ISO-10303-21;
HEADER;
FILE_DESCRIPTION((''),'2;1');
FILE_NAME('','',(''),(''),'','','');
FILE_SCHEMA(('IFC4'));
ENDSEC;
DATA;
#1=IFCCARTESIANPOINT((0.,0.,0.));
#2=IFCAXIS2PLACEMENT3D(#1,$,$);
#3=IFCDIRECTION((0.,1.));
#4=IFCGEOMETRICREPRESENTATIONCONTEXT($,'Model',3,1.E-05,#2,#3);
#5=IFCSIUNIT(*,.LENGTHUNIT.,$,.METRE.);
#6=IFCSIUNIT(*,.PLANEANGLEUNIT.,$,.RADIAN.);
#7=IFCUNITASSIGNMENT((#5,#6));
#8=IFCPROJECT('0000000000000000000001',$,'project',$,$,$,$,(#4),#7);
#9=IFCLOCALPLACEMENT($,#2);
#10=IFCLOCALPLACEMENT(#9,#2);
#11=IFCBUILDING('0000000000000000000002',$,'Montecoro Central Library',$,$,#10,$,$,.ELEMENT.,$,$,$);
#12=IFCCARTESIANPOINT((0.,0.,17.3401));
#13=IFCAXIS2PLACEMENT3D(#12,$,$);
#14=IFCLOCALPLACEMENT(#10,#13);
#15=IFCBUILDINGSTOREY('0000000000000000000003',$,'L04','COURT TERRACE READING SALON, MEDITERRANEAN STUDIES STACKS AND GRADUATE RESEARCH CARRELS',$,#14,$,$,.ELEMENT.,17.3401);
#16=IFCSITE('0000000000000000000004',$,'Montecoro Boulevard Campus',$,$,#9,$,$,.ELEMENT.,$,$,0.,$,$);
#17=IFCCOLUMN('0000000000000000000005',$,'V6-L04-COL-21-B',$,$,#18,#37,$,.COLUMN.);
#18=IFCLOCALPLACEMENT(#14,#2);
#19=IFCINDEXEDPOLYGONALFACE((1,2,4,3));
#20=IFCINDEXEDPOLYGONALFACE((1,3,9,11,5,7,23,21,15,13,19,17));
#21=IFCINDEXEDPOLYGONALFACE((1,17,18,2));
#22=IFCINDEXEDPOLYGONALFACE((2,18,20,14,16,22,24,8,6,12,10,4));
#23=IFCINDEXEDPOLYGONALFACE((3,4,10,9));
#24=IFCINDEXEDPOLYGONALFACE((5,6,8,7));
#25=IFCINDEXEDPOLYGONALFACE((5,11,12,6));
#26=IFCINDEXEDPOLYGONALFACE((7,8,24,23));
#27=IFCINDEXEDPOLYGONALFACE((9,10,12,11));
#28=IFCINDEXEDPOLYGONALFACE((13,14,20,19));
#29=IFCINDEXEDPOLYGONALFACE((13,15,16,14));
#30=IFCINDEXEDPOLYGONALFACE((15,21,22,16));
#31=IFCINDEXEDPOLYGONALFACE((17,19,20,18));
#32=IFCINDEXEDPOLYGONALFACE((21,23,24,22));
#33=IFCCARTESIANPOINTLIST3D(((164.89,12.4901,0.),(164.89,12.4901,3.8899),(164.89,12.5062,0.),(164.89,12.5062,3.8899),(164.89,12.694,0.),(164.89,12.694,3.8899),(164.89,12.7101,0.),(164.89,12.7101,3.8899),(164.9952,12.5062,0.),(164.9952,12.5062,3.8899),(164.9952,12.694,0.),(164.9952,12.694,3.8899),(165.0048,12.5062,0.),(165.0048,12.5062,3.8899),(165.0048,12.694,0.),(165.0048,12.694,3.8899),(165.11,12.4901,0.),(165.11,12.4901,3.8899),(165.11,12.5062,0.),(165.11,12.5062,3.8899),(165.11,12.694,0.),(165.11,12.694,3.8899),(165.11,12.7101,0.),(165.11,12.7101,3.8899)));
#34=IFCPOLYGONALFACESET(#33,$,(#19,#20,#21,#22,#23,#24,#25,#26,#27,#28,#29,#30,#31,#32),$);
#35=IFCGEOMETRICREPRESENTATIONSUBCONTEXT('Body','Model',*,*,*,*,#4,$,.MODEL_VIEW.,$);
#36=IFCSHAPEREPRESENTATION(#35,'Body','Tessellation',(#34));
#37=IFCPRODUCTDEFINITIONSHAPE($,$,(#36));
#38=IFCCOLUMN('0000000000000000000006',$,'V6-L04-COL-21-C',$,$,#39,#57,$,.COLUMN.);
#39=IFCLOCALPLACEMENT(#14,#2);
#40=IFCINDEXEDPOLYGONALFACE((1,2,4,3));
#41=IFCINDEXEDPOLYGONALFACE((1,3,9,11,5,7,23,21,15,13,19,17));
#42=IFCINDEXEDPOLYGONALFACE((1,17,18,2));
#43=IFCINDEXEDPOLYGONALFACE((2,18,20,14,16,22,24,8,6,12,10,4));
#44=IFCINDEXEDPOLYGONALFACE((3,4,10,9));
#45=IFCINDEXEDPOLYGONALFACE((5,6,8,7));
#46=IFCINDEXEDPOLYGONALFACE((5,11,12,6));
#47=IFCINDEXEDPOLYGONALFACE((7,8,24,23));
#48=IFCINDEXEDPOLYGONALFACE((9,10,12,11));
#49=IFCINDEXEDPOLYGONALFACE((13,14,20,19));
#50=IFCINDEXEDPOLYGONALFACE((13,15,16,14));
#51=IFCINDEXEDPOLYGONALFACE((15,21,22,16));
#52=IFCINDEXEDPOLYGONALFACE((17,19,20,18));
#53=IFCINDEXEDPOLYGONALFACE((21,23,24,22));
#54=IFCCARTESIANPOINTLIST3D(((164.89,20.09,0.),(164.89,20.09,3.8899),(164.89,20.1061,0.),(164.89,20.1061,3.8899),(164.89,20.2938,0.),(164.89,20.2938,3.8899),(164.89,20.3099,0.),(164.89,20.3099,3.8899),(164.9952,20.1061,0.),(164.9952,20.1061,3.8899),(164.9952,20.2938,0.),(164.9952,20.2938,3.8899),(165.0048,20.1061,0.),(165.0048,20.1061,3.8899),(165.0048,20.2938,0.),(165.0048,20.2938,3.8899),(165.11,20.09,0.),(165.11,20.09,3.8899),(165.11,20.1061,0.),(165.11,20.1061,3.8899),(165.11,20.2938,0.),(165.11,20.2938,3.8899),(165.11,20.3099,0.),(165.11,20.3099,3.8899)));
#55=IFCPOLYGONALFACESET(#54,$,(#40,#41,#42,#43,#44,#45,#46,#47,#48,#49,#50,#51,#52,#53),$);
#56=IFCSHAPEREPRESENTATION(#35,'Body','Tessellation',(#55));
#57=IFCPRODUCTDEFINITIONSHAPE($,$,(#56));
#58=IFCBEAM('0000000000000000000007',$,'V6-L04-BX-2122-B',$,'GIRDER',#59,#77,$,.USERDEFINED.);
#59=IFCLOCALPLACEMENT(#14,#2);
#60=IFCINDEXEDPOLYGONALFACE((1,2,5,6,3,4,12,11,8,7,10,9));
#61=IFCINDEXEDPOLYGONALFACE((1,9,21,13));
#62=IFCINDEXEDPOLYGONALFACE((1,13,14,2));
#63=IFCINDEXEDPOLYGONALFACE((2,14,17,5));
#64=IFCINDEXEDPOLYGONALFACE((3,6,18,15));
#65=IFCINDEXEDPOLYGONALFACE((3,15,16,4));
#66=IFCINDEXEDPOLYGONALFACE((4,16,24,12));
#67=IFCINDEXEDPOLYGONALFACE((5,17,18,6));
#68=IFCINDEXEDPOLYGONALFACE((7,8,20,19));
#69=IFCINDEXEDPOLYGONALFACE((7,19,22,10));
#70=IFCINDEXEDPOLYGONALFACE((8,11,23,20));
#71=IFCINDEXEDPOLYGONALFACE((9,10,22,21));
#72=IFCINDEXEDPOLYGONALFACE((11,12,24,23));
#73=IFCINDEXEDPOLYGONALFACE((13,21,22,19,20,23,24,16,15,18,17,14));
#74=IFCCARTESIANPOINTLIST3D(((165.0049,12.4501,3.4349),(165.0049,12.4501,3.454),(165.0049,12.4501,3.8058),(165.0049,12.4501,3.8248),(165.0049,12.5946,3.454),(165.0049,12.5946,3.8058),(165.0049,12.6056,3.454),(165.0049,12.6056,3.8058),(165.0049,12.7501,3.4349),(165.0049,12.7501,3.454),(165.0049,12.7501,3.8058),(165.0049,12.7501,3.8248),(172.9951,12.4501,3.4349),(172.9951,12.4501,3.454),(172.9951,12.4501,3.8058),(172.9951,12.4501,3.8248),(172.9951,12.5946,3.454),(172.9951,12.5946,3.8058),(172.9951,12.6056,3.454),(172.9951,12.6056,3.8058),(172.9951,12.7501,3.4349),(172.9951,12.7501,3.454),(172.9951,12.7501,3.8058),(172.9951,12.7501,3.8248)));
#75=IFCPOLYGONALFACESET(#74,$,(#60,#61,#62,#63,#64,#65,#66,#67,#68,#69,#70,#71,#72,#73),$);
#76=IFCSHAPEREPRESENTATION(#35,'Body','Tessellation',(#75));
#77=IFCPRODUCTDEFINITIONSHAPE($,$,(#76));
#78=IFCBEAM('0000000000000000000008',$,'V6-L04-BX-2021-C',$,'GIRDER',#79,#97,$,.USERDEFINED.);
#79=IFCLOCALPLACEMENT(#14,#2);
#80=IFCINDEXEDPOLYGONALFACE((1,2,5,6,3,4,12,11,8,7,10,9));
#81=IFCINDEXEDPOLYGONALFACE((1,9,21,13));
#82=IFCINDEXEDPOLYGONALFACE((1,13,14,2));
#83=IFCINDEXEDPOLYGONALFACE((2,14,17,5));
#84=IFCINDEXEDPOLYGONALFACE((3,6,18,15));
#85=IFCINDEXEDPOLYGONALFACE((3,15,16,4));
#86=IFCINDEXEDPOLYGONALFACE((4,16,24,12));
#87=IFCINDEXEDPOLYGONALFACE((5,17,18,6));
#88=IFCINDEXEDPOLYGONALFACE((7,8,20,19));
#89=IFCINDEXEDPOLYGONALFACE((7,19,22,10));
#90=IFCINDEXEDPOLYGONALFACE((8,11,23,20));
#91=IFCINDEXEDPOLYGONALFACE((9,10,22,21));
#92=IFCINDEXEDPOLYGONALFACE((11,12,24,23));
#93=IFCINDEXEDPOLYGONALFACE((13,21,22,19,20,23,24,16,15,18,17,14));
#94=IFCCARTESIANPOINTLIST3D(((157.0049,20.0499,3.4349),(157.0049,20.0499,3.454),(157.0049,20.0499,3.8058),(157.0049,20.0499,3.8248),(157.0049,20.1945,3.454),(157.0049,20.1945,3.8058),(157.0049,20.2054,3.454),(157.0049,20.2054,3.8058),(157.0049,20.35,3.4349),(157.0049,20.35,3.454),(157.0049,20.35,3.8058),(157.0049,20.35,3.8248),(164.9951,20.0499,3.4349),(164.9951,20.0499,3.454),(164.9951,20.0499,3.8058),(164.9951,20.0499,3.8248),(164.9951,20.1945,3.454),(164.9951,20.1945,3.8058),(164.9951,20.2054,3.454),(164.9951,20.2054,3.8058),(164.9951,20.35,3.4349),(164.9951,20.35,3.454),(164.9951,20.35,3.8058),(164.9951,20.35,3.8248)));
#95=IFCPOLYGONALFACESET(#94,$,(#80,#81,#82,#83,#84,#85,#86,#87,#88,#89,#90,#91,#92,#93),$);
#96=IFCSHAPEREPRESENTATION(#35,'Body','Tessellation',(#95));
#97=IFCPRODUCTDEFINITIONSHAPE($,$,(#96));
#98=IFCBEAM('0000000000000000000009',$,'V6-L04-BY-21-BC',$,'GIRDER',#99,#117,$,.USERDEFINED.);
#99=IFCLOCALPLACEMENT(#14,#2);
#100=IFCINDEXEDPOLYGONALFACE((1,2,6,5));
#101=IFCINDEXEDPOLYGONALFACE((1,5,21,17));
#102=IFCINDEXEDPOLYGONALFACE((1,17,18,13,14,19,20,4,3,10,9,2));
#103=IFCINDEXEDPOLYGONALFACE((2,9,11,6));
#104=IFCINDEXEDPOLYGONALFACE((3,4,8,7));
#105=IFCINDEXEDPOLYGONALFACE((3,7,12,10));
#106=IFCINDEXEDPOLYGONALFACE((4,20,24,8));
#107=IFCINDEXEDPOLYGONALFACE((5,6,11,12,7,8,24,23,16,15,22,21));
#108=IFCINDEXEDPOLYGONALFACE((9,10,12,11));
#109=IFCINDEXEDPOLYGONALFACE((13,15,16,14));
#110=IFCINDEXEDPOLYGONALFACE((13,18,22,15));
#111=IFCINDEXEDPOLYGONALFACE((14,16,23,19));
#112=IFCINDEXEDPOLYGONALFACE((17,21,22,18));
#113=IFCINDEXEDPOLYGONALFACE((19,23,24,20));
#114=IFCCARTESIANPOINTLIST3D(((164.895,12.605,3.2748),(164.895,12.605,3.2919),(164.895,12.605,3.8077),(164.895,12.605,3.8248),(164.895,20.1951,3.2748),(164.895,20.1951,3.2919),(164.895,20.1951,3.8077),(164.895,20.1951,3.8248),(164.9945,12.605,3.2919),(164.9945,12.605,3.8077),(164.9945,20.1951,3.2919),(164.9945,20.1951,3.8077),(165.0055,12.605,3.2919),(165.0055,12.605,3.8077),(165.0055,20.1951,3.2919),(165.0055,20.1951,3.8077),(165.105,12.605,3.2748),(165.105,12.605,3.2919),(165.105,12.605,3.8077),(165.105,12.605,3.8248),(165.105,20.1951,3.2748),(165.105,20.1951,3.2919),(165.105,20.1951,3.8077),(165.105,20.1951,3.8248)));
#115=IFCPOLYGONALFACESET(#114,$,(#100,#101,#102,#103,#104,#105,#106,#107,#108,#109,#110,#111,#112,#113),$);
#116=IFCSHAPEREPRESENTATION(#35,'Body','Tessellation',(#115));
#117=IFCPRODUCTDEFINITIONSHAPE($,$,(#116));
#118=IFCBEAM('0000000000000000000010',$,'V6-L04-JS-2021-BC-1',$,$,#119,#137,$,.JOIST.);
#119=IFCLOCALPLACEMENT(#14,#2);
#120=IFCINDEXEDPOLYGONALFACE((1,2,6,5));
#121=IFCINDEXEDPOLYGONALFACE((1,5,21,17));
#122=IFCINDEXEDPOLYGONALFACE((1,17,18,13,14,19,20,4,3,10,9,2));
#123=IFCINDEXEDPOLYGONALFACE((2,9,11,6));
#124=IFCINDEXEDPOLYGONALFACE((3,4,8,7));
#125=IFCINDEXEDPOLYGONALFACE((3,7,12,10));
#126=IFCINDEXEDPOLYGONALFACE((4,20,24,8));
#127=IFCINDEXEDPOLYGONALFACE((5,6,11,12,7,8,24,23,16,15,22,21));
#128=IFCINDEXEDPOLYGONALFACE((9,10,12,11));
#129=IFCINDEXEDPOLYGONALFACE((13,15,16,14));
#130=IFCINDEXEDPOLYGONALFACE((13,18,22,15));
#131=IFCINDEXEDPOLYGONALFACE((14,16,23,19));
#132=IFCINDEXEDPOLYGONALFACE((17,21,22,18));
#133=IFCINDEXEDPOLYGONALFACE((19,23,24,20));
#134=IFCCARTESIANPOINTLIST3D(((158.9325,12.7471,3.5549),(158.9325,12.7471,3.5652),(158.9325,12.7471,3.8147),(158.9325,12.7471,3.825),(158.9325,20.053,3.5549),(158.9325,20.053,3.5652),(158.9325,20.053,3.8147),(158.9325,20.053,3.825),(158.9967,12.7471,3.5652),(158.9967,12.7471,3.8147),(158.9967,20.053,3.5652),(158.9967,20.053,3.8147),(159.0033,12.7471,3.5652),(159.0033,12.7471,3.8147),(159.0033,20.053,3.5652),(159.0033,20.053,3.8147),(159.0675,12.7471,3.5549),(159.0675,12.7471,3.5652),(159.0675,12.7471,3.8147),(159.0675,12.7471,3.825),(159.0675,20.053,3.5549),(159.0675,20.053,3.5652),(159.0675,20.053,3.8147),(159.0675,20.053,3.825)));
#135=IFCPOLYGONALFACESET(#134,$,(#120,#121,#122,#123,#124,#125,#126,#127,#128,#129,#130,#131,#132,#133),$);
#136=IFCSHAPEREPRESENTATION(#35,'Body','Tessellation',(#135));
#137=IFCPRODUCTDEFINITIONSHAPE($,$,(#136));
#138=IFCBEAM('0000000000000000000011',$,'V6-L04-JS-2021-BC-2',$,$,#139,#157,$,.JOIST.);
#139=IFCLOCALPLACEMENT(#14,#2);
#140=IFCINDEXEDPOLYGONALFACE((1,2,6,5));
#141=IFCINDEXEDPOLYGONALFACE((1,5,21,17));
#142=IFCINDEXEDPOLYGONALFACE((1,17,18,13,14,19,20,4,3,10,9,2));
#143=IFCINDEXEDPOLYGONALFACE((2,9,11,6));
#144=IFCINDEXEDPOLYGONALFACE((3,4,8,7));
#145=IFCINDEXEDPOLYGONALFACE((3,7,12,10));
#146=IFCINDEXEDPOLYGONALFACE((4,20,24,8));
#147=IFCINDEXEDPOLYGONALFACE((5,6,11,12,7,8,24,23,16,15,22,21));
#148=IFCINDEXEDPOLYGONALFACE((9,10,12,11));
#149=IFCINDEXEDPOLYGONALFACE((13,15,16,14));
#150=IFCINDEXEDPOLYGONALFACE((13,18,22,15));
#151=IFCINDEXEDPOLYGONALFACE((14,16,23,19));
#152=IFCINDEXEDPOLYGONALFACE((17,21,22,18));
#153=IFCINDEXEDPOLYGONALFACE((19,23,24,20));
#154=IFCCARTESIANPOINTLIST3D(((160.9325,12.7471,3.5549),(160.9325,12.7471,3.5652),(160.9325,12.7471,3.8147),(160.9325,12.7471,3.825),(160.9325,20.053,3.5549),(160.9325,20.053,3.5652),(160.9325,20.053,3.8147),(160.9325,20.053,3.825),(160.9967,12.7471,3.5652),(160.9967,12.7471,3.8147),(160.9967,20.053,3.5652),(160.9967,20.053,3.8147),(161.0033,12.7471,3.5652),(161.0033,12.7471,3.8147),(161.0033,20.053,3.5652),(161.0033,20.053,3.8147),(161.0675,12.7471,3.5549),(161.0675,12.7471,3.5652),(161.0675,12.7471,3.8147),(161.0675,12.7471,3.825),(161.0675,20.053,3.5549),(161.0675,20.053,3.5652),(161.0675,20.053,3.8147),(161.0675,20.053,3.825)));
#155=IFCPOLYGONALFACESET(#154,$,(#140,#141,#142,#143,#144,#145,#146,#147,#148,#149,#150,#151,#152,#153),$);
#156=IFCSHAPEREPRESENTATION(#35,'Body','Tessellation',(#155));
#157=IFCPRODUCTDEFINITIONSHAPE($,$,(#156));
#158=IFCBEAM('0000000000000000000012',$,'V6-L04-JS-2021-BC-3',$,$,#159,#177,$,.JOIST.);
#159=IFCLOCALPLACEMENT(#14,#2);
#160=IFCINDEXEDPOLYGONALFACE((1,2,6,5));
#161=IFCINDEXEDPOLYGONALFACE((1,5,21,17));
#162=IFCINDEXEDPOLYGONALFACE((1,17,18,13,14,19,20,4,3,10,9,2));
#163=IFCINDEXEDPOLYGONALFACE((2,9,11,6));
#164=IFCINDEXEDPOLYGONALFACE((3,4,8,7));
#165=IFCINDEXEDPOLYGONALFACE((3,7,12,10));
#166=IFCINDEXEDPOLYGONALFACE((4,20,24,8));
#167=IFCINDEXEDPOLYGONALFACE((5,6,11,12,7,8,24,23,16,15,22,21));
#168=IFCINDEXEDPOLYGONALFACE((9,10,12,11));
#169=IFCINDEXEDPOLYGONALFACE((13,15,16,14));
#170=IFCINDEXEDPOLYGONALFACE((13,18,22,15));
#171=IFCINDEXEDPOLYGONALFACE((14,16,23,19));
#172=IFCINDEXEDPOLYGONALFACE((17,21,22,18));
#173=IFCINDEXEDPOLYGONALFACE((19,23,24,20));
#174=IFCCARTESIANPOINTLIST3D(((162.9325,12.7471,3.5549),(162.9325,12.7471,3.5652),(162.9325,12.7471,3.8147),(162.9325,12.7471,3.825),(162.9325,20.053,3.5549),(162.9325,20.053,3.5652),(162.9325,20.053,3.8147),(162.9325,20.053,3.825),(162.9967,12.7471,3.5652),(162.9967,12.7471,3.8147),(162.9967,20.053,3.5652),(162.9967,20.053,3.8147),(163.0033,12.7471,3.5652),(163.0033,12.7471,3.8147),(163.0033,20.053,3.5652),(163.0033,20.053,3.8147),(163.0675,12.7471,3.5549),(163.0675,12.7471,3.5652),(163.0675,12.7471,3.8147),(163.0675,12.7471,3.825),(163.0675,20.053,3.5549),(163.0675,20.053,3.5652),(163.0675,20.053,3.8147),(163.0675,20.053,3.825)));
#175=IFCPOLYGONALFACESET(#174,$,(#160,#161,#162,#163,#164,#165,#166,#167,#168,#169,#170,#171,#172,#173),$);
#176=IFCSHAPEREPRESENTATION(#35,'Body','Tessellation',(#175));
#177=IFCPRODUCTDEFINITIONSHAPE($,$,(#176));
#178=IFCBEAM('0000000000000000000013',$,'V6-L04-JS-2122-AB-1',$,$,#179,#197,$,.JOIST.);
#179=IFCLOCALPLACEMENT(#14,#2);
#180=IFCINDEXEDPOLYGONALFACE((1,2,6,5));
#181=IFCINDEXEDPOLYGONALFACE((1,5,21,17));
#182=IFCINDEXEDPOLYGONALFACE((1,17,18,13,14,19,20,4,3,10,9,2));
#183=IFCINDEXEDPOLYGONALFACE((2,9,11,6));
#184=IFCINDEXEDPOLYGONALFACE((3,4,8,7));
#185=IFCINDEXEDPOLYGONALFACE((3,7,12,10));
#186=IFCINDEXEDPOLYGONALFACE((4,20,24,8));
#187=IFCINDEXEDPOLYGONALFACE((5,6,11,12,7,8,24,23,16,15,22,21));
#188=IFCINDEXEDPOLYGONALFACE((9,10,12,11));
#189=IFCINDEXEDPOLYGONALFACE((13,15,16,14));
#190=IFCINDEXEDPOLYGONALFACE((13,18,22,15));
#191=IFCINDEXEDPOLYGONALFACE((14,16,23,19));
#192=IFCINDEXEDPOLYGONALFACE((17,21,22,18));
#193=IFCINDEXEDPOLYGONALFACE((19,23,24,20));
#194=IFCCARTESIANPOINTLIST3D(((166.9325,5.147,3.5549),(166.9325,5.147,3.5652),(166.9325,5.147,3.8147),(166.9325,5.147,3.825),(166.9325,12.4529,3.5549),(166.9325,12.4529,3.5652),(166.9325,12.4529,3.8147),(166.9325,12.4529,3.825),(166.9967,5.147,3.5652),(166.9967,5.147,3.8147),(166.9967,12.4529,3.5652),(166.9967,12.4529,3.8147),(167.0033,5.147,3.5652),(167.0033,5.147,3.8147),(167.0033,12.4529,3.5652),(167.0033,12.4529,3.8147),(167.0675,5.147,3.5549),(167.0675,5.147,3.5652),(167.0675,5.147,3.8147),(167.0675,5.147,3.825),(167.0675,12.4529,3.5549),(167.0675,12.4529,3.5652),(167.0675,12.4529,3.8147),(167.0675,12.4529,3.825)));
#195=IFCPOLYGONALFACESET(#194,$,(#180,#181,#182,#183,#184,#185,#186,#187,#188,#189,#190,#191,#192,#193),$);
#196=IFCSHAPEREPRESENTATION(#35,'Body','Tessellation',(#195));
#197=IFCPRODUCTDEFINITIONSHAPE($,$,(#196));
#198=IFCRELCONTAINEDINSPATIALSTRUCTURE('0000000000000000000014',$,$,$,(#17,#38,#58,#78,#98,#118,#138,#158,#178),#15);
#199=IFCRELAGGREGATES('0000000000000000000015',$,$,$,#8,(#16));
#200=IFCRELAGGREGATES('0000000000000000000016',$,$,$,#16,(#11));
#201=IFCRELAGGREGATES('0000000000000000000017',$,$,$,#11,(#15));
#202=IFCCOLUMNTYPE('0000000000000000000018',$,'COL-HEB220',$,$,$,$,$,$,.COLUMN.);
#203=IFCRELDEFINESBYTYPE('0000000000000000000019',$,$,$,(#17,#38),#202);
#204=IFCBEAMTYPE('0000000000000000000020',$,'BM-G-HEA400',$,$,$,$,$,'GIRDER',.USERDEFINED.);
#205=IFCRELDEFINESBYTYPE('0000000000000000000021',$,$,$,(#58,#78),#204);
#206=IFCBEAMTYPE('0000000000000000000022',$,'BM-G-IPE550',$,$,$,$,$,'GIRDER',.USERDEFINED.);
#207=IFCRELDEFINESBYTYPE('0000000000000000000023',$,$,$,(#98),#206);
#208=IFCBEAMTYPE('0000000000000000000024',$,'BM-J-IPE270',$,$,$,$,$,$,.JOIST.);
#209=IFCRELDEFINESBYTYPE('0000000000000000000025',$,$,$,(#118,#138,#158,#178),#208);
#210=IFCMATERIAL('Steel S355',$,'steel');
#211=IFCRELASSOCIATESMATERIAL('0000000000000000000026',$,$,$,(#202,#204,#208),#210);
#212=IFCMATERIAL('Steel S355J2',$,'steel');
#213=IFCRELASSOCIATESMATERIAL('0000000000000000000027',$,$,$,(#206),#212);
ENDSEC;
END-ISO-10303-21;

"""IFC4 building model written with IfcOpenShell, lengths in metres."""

from ifc_helpers import new_model, si_unit, direction, frame, origin, origin_2d, place, context, subcontext, project, spatial, i_section, extrude, material, material_profile, profile_set, type_object, element, save


model = new_model("IFC4")

# Units and contexts
model_context = context("Model", 3, precision=1e-05, world=origin(), true_north=direction((0.0, 1.0)))
body_context = subcontext(model_context, "Body", "Model", "MODEL_VIEW")
ifc_project = project(units=[si_unit("LENGTHUNIT", "METRE"), si_unit("PLANEANGLEUNIT", "RADIAN")], contexts=[model_context])

# Site, building, storey
site_placement = place(None, origin())
site = spatial("IfcSite", under=ifc_project, at=site_placement, Name="Montecoro Boulevard Campus", CompositionType="ELEMENT", RefElevation=0.0)
building_placement = place(site_placement, origin())
building = spatial("IfcBuilding", under=site, at=building_placement, Name="Montecoro Central Library", CompositionType="ELEMENT")
storey_placement = place(building_placement, frame((0.0, 0.0, 17.3401)))
storey = spatial("IfcBuildingStorey", under=building, at=storey_placement, Name="L04", Description="COURT TERRACE READING SALON, MEDITERRANEAN STUDIES STACKS AND GRADUATE RESEARCH CARRELS", CompositionType="ELEMENT", Elevation=17.3401)

# Columns
ifc_material_1 = material(Name="Steel S355", Category="steel")
ifc_material_profile_1 = material_profile(ifc_material_1, i_section(OverallWidth=0.22, OverallDepth=0.22, WebThickness=0.0095, FlangeThickness=0.0161, at=origin_2d()), Name="HEB 220")
ifc_profile_set_1 = profile_set([ifc_material_profile_1], Name="Steel S355")
column_type = type_object("IfcColumnType", Name="COL-HEB220", PredefinedType="COLUMN", material=ifc_profile_set_1)
for number, where, z_axis, x_axis, name in (
    (1, (165.0, 12.6001, 0.0), (0.0, 0.0, 1.0), (1.0, 0.0, 0.0), "V6-L04-COL-21-B"),
    (2, (165.0, 20.2, 0.0), (0.0, 0.0, 1.0), (1.0, 0.0, 0.0), "V6-L04-COL-21-C"),
):
    element("IfcColumn", number, at=place(storey_placement, frame(where, z_axis=z_axis, x_axis=x_axis)), inside=storey, type_object=column_type, Name=name, PredefinedType="COLUMN", context=body_context, shape_type="SweptSolid", body=[
        extrude(i_section(OverallWidth=0.22, OverallDepth=0.22, WebThickness=0.0095, FlangeThickness=0.0161, at=origin_2d()), origin(), (0.0, 0.0, 1.0), 3.8899),
    ])

# Beams
ifc_material_profile_2 = material_profile(ifc_material_1, i_section(OverallWidth=0.3, OverallDepth=0.3899, WebThickness=0.011, FlangeThickness=0.019, at=origin_2d()), Name="HEA 400")
ifc_profile_set_2 = profile_set([ifc_material_profile_2], Name="Steel S355")
beam_type_1 = type_object("IfcBeamType", Name="BM-G-HEA400", ElementType="GIRDER", PredefinedType="USERDEFINED", material=ifc_profile_set_2)
for number, where, z_axis, x_axis, name in (
    (3, (165.0049, 12.6001, 3.6299), (1.0, 0.0, 0.0), (0.0, 1.0, 0.0), "V6-L04-BX-2122-B"),
    (4, (157.0049, 20.2, 3.6299), (1.0, 0.0, 0.0), (0.0, 1.0, 0.0), "V6-L04-BX-2021-C"),
):
    element("IfcBeam", number, at=place(storey_placement, frame(where, z_axis=z_axis, x_axis=x_axis)), inside=storey, type_object=beam_type_1, Name=name, ObjectType="GIRDER", PredefinedType="USERDEFINED", context=body_context, shape_type="SweptSolid", body=[
        extrude(i_section(OverallWidth=0.3, OverallDepth=0.3899, WebThickness=0.011, FlangeThickness=0.019, at=origin_2d()), origin(), (0.0, 0.0, 1.0), 7.9902),
    ])
ifc_material_2 = material(Name="Steel S355J2", Category="steel")
ifc_material_profile_3 = material_profile(ifc_material_2, i_section(OverallWidth=0.21, OverallDepth=0.55, WebThickness=0.011, FlangeThickness=0.0171, at=origin_2d()), Name="IPE 550")
ifc_profile_set_3 = profile_set([ifc_material_profile_3], Name="Steel S355J2")
beam_type_2 = type_object("IfcBeamType", Name="BM-G-IPE550", ElementType="GIRDER", PredefinedType="USERDEFINED", material=ifc_profile_set_3)
beam_1_placement = place(storey_placement, frame((165.0, 12.605, 3.5498), z_axis=(0.0, 1.0, 0.0), x_axis=(-1.0, 0.0, 0.0)))
element("IfcBeam", 5, at=beam_1_placement, inside=storey, type_object=beam_type_2, Name="V6-L04-BY-21-BC", ObjectType="GIRDER", PredefinedType="USERDEFINED", context=body_context, shape_type="SweptSolid", body=[
    extrude(i_section(OverallWidth=0.21, OverallDepth=0.55, WebThickness=0.011, FlangeThickness=0.0171, at=origin_2d()), origin(), (0.0, 0.0, 1.0), 7.5901),
])
ifc_material_profile_4 = material_profile(ifc_material_1, i_section(OverallWidth=0.135, OverallDepth=0.27, WebThickness=0.0066, FlangeThickness=0.0103, at=origin_2d()), Name="IPE 270")
ifc_profile_set_4 = profile_set([ifc_material_profile_4], Name="Steel S355")
beam_type_3 = type_object("IfcBeamType", Name="BM-J-IPE270", PredefinedType="JOIST", material=ifc_profile_set_4)
for number, where, z_axis, x_axis, name in (
    (6, (159.0, 12.7471, 3.6899), (0.0, 1.0, 0.0), (-1.0, 0.0, 0.0), "V6-L04-JS-2021-BC-1"),
    (7, (161.0, 12.7471, 3.6899), (0.0, 1.0, 0.0), (-1.0, 0.0, 0.0), "V6-L04-JS-2021-BC-2"),
    (8, (163.0, 12.7471, 3.6899), (0.0, 1.0, 0.0), (-1.0, 0.0, 0.0), "V6-L04-JS-2021-BC-3"),
    (9, (167.0, 5.147, 3.6899), (0.0, 1.0, 0.0), (-1.0, 0.0, 0.0), "V6-L04-JS-2122-AB-1"),
):
    element("IfcBeam", number, at=place(storey_placement, frame(where, z_axis=z_axis, x_axis=x_axis)), inside=storey, type_object=beam_type_3, Name=name, PredefinedType="JOIST", context=body_context, shape_type="SweptSolid", body=[
        extrude(i_section(OverallWidth=0.135, OverallDepth=0.27, WebThickness=0.0066, FlangeThickness=0.0103, at=origin_2d()), origin(), (0.0, 0.0, 1.0), 7.3059),
    ])

save(model, "model.ifc")
